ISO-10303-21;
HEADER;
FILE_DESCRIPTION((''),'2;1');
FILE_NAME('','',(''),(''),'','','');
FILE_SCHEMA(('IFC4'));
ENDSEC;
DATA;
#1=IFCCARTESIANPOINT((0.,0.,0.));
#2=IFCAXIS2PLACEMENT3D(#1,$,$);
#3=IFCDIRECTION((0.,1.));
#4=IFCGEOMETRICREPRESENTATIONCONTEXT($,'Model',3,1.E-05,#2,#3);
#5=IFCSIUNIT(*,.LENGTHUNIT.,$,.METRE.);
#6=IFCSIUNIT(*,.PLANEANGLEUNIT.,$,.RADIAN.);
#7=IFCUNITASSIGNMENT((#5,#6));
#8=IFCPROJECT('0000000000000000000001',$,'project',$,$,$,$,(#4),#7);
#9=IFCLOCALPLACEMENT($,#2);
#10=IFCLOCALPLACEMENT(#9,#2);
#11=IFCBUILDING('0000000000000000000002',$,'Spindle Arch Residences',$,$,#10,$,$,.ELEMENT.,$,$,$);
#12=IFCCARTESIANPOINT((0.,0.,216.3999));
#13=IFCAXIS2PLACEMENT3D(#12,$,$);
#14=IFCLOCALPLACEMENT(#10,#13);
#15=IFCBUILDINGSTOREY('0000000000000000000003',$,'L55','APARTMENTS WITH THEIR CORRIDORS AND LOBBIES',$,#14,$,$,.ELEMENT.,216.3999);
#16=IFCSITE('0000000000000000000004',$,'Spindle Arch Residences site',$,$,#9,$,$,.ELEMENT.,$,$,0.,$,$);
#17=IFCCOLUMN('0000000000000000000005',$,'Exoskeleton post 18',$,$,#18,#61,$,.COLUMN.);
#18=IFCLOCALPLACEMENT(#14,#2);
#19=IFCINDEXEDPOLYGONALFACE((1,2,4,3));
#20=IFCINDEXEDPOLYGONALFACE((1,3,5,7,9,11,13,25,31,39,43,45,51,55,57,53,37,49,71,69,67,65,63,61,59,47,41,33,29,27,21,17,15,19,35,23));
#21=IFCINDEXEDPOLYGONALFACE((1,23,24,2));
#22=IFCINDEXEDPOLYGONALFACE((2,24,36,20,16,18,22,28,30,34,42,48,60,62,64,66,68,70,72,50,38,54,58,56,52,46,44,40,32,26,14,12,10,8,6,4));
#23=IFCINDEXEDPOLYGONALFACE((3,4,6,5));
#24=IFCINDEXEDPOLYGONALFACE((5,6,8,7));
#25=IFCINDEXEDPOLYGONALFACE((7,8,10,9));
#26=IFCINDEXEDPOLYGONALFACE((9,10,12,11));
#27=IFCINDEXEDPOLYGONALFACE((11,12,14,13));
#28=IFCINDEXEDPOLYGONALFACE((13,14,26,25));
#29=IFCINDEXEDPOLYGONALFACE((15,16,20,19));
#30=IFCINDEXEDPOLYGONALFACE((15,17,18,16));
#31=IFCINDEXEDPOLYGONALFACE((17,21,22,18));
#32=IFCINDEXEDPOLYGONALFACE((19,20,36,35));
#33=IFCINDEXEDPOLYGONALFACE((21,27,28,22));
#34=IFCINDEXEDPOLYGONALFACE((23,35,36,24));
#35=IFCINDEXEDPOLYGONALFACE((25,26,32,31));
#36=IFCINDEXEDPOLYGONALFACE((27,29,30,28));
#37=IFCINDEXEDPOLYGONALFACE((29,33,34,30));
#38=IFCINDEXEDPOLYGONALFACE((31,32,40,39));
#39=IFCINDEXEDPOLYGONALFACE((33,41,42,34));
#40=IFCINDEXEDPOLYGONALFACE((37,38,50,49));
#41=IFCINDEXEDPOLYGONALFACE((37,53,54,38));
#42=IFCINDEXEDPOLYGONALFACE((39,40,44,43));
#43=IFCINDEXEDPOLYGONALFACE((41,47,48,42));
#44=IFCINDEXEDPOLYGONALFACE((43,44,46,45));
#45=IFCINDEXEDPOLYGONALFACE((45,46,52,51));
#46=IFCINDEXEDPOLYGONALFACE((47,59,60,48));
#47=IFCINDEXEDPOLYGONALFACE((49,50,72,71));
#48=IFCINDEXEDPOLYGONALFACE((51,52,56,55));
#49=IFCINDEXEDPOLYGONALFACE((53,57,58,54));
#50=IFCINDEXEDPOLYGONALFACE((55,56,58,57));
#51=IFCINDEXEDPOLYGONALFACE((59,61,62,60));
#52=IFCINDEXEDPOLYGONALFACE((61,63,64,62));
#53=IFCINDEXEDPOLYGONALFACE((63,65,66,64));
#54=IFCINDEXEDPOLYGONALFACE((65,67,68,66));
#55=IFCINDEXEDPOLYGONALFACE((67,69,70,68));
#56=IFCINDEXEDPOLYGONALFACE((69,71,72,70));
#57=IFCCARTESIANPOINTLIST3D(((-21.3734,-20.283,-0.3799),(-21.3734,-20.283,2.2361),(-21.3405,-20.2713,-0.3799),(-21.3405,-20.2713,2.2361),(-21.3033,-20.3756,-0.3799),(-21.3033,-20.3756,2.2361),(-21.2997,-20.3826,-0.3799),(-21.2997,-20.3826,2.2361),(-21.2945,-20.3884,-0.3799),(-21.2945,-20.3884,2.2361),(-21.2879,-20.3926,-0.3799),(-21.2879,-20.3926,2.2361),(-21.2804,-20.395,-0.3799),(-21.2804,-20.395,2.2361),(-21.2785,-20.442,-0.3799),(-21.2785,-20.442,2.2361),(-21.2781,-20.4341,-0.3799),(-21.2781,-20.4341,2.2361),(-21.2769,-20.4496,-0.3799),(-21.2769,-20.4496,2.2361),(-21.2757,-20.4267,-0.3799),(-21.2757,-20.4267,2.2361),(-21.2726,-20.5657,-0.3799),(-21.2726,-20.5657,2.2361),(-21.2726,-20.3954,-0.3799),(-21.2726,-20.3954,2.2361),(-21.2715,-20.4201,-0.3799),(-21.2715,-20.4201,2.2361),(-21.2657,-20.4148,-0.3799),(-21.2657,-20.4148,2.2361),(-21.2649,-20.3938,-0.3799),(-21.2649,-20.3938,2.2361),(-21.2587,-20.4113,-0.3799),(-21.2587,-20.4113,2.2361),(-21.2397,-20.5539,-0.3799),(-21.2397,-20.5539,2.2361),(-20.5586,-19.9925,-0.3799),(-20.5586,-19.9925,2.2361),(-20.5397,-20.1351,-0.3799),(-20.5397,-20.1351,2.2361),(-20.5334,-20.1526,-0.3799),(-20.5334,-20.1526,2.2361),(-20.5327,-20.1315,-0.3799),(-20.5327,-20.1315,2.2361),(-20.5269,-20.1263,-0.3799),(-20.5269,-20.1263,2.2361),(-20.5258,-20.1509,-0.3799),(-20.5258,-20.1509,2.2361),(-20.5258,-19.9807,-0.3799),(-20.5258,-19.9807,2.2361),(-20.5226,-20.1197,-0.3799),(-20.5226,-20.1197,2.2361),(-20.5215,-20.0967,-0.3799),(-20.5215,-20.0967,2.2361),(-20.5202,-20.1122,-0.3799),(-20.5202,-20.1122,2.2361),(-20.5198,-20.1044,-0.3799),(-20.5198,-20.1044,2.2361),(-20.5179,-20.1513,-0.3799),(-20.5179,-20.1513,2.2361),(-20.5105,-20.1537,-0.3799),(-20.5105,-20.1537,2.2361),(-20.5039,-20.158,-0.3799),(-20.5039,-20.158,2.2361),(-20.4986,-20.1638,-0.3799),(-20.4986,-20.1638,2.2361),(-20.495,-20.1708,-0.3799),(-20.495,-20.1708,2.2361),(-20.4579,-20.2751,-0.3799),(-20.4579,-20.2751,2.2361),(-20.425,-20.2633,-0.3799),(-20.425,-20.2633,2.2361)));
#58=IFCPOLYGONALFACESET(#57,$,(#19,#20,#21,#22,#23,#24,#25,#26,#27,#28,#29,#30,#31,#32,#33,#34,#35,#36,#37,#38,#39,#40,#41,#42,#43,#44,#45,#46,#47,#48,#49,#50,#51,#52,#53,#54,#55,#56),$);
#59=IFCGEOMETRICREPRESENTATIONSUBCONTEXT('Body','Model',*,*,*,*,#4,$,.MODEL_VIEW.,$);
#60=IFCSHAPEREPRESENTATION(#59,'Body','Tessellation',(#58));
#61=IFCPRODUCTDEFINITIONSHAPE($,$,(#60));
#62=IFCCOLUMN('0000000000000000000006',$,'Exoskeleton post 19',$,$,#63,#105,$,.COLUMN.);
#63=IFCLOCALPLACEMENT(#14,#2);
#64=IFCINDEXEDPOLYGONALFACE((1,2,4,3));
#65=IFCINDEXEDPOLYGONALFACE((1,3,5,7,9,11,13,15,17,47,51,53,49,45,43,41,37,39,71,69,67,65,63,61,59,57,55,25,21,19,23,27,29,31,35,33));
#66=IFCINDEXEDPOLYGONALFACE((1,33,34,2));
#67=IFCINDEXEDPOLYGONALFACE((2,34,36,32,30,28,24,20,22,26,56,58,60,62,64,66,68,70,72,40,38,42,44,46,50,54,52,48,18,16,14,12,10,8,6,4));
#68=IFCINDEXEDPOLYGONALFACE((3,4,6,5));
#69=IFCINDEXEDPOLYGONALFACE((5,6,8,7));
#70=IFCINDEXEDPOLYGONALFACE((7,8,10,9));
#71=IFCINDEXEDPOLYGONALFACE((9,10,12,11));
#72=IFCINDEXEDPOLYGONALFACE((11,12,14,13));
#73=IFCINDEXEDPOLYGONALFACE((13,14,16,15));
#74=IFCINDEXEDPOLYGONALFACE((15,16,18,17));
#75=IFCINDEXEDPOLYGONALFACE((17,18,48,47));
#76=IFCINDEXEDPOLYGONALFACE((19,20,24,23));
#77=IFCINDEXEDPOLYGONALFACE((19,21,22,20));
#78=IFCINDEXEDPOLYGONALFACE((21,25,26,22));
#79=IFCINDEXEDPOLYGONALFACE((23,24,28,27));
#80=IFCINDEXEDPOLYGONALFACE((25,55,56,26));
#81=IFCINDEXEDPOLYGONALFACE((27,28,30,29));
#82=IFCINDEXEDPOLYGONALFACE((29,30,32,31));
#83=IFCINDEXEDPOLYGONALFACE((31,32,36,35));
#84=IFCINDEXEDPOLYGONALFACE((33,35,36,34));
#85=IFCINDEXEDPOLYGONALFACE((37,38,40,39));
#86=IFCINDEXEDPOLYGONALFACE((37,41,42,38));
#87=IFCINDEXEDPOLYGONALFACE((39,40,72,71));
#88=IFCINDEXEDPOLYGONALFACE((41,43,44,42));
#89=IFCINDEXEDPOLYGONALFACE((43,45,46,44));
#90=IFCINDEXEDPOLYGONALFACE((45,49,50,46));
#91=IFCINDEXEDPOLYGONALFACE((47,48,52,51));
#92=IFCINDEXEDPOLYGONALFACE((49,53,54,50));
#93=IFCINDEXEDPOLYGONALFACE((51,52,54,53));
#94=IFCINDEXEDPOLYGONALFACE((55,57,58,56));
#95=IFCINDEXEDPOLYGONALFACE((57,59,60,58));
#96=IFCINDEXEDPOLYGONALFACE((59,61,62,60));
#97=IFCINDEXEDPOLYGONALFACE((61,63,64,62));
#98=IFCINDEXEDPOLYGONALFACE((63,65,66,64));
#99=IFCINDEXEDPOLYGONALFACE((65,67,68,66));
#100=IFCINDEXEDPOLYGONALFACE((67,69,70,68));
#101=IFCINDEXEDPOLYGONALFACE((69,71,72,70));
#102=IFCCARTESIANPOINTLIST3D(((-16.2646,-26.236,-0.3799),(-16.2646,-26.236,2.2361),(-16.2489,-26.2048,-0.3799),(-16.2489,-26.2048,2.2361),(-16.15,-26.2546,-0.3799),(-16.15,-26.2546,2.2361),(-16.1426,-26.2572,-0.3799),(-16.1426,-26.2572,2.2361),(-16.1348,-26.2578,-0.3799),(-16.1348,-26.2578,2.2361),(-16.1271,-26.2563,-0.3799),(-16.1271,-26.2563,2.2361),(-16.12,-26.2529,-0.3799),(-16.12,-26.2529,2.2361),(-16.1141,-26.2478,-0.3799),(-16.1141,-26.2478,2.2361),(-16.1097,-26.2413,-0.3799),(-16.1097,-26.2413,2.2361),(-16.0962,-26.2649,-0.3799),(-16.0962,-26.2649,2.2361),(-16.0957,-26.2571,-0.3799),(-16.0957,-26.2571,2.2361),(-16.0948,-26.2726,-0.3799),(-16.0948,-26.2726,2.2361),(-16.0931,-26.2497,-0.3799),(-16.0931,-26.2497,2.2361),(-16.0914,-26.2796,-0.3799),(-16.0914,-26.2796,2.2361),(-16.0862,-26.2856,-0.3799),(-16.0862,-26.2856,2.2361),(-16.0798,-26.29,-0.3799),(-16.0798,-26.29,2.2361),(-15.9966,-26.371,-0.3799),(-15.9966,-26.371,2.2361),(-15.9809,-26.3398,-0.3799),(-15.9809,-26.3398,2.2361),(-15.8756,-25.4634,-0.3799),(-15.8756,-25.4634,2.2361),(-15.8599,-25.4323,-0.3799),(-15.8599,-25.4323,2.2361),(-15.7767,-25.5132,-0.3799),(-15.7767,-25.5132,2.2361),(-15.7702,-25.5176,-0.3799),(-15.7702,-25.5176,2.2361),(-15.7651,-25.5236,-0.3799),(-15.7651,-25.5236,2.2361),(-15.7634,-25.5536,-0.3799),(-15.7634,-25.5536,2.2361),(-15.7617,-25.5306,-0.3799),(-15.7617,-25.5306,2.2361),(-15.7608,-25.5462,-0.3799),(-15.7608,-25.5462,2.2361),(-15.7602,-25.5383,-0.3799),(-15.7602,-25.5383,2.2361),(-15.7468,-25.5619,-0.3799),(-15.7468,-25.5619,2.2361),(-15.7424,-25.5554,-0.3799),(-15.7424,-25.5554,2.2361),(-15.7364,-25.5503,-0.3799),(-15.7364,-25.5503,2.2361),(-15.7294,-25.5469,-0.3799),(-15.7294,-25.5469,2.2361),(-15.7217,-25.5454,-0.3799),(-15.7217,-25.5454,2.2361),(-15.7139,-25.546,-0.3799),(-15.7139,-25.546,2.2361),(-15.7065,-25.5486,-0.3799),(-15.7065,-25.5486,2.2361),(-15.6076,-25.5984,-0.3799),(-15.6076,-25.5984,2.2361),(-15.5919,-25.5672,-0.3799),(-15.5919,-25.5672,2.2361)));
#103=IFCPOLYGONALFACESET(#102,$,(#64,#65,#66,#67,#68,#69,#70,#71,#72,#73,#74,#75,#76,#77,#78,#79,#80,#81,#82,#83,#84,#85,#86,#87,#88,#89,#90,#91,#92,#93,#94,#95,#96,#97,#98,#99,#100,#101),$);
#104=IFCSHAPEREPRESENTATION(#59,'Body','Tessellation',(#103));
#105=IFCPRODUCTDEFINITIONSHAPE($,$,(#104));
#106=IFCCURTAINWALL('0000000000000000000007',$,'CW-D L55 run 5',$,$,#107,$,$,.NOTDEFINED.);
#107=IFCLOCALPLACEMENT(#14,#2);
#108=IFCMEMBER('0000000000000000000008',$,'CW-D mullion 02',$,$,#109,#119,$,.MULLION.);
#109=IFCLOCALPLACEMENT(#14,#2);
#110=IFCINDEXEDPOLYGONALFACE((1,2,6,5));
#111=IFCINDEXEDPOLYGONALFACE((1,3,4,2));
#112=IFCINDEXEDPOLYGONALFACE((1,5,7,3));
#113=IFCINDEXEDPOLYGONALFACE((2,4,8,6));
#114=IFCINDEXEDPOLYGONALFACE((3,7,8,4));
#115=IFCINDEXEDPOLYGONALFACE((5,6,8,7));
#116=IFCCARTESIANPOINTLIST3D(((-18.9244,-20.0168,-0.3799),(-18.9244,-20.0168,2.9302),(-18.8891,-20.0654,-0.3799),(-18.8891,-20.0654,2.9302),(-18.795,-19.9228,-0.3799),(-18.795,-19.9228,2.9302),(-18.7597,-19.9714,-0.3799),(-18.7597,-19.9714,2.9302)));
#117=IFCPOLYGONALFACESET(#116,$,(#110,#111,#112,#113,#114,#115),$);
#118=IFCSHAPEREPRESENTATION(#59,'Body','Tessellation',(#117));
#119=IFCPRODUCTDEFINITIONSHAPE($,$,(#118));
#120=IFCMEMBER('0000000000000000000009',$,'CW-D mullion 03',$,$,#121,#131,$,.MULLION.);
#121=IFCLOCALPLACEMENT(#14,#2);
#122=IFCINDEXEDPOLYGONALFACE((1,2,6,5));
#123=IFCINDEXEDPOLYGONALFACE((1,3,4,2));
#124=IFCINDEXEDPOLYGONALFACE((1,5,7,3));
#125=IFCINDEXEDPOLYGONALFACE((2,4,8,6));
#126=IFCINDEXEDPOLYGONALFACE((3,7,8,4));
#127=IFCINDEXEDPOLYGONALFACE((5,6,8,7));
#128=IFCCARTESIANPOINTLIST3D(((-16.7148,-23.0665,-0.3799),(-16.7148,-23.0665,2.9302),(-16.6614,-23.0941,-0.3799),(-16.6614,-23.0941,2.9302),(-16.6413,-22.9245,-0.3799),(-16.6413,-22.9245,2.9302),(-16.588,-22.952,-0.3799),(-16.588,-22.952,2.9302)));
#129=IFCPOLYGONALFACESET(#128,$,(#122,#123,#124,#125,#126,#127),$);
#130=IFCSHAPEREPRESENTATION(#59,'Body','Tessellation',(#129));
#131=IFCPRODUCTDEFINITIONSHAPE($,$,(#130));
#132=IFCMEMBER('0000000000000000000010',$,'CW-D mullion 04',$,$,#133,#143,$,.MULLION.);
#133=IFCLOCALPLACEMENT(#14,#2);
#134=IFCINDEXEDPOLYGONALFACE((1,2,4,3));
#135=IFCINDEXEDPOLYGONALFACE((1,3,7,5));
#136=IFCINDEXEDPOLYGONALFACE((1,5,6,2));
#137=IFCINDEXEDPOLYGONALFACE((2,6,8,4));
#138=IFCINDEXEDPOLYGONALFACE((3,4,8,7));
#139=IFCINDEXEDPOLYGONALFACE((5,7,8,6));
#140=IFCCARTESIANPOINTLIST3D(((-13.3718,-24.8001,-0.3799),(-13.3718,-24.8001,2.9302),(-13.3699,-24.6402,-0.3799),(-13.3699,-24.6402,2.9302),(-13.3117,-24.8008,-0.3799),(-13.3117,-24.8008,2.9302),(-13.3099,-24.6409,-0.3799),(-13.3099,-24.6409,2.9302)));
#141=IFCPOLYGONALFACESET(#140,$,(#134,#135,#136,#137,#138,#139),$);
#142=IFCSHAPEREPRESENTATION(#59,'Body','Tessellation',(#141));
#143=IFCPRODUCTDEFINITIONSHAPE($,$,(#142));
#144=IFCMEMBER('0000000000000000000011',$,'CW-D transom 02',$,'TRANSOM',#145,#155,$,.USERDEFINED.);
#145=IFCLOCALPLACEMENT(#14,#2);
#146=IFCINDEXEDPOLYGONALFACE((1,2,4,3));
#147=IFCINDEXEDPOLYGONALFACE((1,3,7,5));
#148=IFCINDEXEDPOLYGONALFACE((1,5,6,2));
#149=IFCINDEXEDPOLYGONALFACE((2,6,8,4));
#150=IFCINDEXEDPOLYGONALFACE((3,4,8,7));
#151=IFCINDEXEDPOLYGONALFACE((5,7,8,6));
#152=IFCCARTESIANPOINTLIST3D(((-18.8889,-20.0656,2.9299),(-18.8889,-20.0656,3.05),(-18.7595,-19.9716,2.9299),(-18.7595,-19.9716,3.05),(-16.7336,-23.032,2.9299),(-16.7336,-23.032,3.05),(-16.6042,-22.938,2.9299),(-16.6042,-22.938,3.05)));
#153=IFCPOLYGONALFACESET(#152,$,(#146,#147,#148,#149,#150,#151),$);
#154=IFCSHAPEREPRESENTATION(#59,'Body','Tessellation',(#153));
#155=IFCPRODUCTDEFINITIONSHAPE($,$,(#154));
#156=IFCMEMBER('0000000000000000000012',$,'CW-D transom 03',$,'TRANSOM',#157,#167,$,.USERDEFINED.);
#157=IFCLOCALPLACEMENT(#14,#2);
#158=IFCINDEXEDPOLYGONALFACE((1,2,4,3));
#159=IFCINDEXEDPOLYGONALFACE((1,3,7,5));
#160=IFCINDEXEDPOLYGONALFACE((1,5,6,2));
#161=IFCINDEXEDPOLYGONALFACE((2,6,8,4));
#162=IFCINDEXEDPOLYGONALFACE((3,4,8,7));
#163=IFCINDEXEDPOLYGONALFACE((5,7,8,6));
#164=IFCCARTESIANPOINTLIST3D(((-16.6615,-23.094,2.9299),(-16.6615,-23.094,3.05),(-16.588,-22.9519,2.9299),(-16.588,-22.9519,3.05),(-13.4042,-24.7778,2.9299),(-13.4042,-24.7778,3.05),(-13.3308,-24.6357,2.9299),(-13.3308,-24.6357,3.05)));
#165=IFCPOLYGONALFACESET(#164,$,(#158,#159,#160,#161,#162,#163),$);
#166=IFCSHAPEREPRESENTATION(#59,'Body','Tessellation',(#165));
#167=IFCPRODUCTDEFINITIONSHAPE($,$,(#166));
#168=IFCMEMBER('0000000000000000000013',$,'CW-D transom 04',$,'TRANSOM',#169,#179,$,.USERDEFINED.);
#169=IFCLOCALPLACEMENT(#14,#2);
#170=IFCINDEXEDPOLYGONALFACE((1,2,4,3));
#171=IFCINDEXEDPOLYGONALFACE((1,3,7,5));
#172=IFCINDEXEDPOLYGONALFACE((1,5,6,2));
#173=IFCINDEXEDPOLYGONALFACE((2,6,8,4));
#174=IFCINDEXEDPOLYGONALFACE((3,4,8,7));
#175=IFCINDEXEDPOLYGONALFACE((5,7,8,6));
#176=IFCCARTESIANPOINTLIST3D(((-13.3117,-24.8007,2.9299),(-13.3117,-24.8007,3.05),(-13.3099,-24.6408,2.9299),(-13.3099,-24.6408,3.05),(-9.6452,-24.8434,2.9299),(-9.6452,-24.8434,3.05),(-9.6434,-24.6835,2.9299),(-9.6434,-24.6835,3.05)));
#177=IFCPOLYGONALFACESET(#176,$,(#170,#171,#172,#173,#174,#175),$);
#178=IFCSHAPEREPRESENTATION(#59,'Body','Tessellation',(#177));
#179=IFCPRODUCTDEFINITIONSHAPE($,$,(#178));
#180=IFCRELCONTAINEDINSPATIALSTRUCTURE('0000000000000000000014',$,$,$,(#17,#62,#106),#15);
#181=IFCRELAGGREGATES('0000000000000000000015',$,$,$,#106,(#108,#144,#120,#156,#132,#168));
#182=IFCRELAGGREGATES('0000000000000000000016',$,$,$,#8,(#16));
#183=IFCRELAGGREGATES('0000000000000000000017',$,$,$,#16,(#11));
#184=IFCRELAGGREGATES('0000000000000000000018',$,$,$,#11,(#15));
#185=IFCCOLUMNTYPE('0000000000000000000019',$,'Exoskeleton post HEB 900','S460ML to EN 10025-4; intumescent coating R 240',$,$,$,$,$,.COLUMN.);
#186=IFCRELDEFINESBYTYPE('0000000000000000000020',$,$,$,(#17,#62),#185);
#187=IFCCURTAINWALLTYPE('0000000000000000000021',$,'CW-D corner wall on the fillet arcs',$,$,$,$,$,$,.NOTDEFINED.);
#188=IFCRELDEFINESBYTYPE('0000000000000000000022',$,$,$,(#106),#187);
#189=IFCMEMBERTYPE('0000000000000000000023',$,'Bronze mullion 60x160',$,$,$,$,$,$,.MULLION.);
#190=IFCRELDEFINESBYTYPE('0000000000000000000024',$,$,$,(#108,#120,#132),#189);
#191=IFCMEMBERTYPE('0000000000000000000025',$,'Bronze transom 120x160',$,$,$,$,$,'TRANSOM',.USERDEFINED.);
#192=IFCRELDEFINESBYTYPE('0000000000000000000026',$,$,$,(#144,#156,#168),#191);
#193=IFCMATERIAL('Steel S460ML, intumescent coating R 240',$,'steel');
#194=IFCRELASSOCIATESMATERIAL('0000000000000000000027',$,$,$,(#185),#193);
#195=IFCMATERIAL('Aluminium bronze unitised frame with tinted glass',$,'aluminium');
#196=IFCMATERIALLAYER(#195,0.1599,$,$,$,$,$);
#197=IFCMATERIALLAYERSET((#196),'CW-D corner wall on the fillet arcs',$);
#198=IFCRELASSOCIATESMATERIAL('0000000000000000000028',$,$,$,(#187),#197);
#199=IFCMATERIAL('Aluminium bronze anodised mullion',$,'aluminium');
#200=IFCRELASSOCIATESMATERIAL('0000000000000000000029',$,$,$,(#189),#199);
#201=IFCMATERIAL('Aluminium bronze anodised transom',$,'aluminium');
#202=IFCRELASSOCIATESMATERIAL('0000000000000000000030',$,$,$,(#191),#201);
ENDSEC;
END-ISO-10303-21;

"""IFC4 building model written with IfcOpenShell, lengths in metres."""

from ifc_helpers import new_model, si_unit, direction, frame, origin, origin_2d, place, context, subcontext, project, spatial, rectangle, i_section, extrude, material, layer, layer_set, material_profile, profile_set, type_object, element, aggregate, save


model = new_model("IFC4")

# Units and contexts
model_context = context("Model", 3, precision=1e-05, world=origin(), true_north=direction((0.0, 1.0)))
body_context = subcontext(model_context, "Body", "Model", "MODEL_VIEW")
ifc_project = project(units=[si_unit("LENGTHUNIT", "METRE"), si_unit("PLANEANGLEUNIT", "RADIAN")], contexts=[model_context])

# Site, building, storey
site_placement = place(None, origin())
site = spatial("IfcSite", under=ifc_project, at=site_placement, Name="Spindle Arch Residences site", CompositionType="ELEMENT", RefElevation=0.0)
building_placement = place(site_placement, origin())
building = spatial("IfcBuilding", under=site, at=building_placement, Name="Spindle Arch Residences", CompositionType="ELEMENT")
storey_placement = place(building_placement, frame((0.0, 0.0, 216.3999)))
storey = spatial("IfcBuildingStorey", under=building, at=storey_placement, Name="L55", Description="APARTMENTS WITH THEIR CORRIDORS AND LOBBIES", CompositionType="ELEMENT", Elevation=216.3999)

# Columns
ifc_material_1 = material(Name="Steel S460ML, intumescent coating R 240", Category="steel")
ifc_material_profile_1 = material_profile(ifc_material_1, i_section(OverallWidth=0.3, OverallDepth=0.8999, WebThickness=0.0186, FlangeThickness=0.0349, FilletRadius=0.03, at=origin_2d()), Name="HEB 900")
ifc_profile_set_1 = profile_set([ifc_material_profile_1], Name="Steel S460ML, intumescent coating R 240")
column_type = type_object("IfcColumnType", Name="Exoskeleton post HEB 900", Description="S460ML to EN 10025-4; intumescent coating R 240", PredefinedType="COLUMN", material=ifc_profile_set_1)
for number, where, z_axis, x_axis, name in (
    (1, (-20.8992, -20.2732, -0.3799), (0.0, 0.0, 1.0), (-0.335927, 0.941888, 0.0), "Exoskeleton post 18"),
    (2, (-15.9282, -25.9016, -0.3799), (0.0, 0.0, 1.0), (-0.893169, 0.449721, 0.0), "Exoskeleton post 19"),
):
    element("IfcColumn", number, at=place(storey_placement, frame(where, z_axis=z_axis, x_axis=x_axis)), inside=storey, type_object=column_type, Name=name, PredefinedType="COLUMN", context=body_context, shape_type="SweptSolid", body=[
        extrude(i_section(OverallWidth=0.3, OverallDepth=0.8999, WebThickness=0.0186, FlangeThickness=0.0349, FilletRadius=0.03, at=origin_2d()), origin(), (0.0, 0.0, 1.0), 2.616),
    ])

# Curtain wall, members
ifc_material_2 = material(Name="Aluminium bronze unitised frame with tinted glass", Category="aluminium")
ifc_layer_1 = layer(ifc_material_2, 0.1599)
ifc_layer_set_1 = layer_set([ifc_layer_1], Name="CW-D corner wall on the fillet arcs")
curtain_wall_type = type_object("IfcCurtainWallType", Name="CW-D corner wall on the fillet arcs", PredefinedType="NOTDEFINED", material=ifc_layer_set_1)
curtain_wall_placement = place(storey_placement, origin())
curtain_wall = element("IfcCurtainWall", 3, at=curtain_wall_placement, inside=storey, type_object=curtain_wall_type, Name="CW-D L55 run 5", PredefinedType="NOTDEFINED")
ifc_material_3 = material(Name="Aluminium bronze anodised mullion", Category="aluminium")
ifc_material_profile_2 = material_profile(ifc_material_3, rectangle(XDim=0.1599, YDim=0.0601, at=origin_2d()), Name="MU 60x160")
ifc_profile_set_2 = profile_set([ifc_material_profile_2], Name="Aluminium bronze anodised mullion")
member_type_1 = type_object("IfcMemberType", Name="Bronze mullion 60x160", PredefinedType="MULLION", material=ifc_profile_set_2)
member_1_placement = place(storey_placement, frame((-18.842, -19.9941, -0.3799), z_axis=(0.0, 0.0, 1.0), x_axis=(0.809017, 0.587785, 0.0)))
member_1 = element("IfcMember", 4, at=member_1_placement, type_object=member_type_1, Name="CW-D mullion 02", PredefinedType="MULLION", context=body_context, shape_type="SweptSolid", body=[
    extrude(rectangle(XDim=0.1599, YDim=0.0601, at=origin_2d()), origin(), (0.0, 0.0, 1.0), 3.3101),
])
member_2_placement = place(storey_placement, frame((-16.6514, -23.0093, -0.3799), z_axis=(0.0, 0.0, 1.0), x_axis=(0.459166, 0.88835, 0.0)))
member_2 = element("IfcMember", 5, at=member_2_placement, type_object=member_type_1, Name="CW-D mullion 03", PredefinedType="MULLION", context=body_context, shape_type="SweptSolid", body=[
    extrude(rectangle(XDim=0.1599, YDim=0.0601, at=origin_2d()), origin(), (0.0, 0.0, 1.0), 3.3101),
])
member_3_placement = place(storey_placement, frame((-13.3408, -24.7205, -0.3799), z_axis=(0.0, 0.0, 1.0), x_axis=(0.011635, 0.999932, 0.0)))
member_3 = element("IfcMember", 6, at=member_3_placement, type_object=member_type_1, Name="CW-D mullion 04", PredefinedType="MULLION", context=body_context, shape_type="SweptSolid", body=[
    extrude(rectangle(XDim=0.1599, YDim=0.0601, at=origin_2d()), origin(), (0.0, 0.0, 1.0), 3.3101),
])
ifc_material_4 = material(Name="Aluminium bronze anodised transom", Category="aluminium")
ifc_material_profile_3 = material_profile(ifc_material_4, rectangle(XDim=0.1599, YDim=0.1201, at=origin_2d()), Name="TR 120x160")
ifc_profile_set_3 = profile_set([ifc_material_profile_3], Name="Aluminium bronze anodised transom")
member_type_2 = type_object("IfcMemberType", Name="Bronze transom 120x160", ElementType="TRANSOM", PredefinedType="USERDEFINED", material=ifc_profile_set_3)
member_4_placement = place(storey_placement, frame((-18.8242, -20.0186, 2.99), z_axis=(0.587807, -0.809001, 0.0), x_axis=(0.809001, 0.587807, 0.0)))
member_4 = element("IfcMember", 7, at=member_4_placement, type_object=member_type_2, Name="CW-D transom 02", ObjectType="TRANSOM", PredefinedType="USERDEFINED", context=body_context, shape_type="SweptSolid", body=[
    extrude(rectangle(XDim=0.1599, YDim=0.1201, at=origin_2d()), origin(), (0.0, 0.0, 1.0), 3.6667),
])
member_5_placement = place(storey_placement, frame((-16.6248, -23.0229, 2.99), z_axis=(0.888327, -0.459211, 0.0), x_axis=(0.459211, 0.888327, 0.0)))
member_5 = element("IfcMember", 8, at=member_5_placement, type_object=member_type_2, Name="CW-D transom 03", ObjectType="TRANSOM", PredefinedType="USERDEFINED", context=body_context, shape_type="SweptSolid", body=[
    extrude(rectangle(XDim=0.1599, YDim=0.1201, at=origin_2d()), origin(), (0.0, 0.0, 1.0), 3.6667),
])
member_6_placement = place(storey_placement, frame((-13.3108, -24.7207, 2.99), z_axis=(0.999932, -0.011652, 0.0), x_axis=(0.011652, 0.999932, 0.0)))
member_6 = element("IfcMember", 9, at=member_6_placement, type_object=member_type_2, Name="CW-D transom 04", ObjectType="TRANSOM", PredefinedType="USERDEFINED", context=body_context, shape_type="SweptSolid", body=[
    extrude(rectangle(XDim=0.1599, YDim=0.1201, at=origin_2d()), origin(), (0.0, 0.0, 1.0), 3.6667),
])

aggregate(curtain_wall, [member_1, member_4, member_2, member_5, member_3, member_6])

save(model, "model.ifc")
